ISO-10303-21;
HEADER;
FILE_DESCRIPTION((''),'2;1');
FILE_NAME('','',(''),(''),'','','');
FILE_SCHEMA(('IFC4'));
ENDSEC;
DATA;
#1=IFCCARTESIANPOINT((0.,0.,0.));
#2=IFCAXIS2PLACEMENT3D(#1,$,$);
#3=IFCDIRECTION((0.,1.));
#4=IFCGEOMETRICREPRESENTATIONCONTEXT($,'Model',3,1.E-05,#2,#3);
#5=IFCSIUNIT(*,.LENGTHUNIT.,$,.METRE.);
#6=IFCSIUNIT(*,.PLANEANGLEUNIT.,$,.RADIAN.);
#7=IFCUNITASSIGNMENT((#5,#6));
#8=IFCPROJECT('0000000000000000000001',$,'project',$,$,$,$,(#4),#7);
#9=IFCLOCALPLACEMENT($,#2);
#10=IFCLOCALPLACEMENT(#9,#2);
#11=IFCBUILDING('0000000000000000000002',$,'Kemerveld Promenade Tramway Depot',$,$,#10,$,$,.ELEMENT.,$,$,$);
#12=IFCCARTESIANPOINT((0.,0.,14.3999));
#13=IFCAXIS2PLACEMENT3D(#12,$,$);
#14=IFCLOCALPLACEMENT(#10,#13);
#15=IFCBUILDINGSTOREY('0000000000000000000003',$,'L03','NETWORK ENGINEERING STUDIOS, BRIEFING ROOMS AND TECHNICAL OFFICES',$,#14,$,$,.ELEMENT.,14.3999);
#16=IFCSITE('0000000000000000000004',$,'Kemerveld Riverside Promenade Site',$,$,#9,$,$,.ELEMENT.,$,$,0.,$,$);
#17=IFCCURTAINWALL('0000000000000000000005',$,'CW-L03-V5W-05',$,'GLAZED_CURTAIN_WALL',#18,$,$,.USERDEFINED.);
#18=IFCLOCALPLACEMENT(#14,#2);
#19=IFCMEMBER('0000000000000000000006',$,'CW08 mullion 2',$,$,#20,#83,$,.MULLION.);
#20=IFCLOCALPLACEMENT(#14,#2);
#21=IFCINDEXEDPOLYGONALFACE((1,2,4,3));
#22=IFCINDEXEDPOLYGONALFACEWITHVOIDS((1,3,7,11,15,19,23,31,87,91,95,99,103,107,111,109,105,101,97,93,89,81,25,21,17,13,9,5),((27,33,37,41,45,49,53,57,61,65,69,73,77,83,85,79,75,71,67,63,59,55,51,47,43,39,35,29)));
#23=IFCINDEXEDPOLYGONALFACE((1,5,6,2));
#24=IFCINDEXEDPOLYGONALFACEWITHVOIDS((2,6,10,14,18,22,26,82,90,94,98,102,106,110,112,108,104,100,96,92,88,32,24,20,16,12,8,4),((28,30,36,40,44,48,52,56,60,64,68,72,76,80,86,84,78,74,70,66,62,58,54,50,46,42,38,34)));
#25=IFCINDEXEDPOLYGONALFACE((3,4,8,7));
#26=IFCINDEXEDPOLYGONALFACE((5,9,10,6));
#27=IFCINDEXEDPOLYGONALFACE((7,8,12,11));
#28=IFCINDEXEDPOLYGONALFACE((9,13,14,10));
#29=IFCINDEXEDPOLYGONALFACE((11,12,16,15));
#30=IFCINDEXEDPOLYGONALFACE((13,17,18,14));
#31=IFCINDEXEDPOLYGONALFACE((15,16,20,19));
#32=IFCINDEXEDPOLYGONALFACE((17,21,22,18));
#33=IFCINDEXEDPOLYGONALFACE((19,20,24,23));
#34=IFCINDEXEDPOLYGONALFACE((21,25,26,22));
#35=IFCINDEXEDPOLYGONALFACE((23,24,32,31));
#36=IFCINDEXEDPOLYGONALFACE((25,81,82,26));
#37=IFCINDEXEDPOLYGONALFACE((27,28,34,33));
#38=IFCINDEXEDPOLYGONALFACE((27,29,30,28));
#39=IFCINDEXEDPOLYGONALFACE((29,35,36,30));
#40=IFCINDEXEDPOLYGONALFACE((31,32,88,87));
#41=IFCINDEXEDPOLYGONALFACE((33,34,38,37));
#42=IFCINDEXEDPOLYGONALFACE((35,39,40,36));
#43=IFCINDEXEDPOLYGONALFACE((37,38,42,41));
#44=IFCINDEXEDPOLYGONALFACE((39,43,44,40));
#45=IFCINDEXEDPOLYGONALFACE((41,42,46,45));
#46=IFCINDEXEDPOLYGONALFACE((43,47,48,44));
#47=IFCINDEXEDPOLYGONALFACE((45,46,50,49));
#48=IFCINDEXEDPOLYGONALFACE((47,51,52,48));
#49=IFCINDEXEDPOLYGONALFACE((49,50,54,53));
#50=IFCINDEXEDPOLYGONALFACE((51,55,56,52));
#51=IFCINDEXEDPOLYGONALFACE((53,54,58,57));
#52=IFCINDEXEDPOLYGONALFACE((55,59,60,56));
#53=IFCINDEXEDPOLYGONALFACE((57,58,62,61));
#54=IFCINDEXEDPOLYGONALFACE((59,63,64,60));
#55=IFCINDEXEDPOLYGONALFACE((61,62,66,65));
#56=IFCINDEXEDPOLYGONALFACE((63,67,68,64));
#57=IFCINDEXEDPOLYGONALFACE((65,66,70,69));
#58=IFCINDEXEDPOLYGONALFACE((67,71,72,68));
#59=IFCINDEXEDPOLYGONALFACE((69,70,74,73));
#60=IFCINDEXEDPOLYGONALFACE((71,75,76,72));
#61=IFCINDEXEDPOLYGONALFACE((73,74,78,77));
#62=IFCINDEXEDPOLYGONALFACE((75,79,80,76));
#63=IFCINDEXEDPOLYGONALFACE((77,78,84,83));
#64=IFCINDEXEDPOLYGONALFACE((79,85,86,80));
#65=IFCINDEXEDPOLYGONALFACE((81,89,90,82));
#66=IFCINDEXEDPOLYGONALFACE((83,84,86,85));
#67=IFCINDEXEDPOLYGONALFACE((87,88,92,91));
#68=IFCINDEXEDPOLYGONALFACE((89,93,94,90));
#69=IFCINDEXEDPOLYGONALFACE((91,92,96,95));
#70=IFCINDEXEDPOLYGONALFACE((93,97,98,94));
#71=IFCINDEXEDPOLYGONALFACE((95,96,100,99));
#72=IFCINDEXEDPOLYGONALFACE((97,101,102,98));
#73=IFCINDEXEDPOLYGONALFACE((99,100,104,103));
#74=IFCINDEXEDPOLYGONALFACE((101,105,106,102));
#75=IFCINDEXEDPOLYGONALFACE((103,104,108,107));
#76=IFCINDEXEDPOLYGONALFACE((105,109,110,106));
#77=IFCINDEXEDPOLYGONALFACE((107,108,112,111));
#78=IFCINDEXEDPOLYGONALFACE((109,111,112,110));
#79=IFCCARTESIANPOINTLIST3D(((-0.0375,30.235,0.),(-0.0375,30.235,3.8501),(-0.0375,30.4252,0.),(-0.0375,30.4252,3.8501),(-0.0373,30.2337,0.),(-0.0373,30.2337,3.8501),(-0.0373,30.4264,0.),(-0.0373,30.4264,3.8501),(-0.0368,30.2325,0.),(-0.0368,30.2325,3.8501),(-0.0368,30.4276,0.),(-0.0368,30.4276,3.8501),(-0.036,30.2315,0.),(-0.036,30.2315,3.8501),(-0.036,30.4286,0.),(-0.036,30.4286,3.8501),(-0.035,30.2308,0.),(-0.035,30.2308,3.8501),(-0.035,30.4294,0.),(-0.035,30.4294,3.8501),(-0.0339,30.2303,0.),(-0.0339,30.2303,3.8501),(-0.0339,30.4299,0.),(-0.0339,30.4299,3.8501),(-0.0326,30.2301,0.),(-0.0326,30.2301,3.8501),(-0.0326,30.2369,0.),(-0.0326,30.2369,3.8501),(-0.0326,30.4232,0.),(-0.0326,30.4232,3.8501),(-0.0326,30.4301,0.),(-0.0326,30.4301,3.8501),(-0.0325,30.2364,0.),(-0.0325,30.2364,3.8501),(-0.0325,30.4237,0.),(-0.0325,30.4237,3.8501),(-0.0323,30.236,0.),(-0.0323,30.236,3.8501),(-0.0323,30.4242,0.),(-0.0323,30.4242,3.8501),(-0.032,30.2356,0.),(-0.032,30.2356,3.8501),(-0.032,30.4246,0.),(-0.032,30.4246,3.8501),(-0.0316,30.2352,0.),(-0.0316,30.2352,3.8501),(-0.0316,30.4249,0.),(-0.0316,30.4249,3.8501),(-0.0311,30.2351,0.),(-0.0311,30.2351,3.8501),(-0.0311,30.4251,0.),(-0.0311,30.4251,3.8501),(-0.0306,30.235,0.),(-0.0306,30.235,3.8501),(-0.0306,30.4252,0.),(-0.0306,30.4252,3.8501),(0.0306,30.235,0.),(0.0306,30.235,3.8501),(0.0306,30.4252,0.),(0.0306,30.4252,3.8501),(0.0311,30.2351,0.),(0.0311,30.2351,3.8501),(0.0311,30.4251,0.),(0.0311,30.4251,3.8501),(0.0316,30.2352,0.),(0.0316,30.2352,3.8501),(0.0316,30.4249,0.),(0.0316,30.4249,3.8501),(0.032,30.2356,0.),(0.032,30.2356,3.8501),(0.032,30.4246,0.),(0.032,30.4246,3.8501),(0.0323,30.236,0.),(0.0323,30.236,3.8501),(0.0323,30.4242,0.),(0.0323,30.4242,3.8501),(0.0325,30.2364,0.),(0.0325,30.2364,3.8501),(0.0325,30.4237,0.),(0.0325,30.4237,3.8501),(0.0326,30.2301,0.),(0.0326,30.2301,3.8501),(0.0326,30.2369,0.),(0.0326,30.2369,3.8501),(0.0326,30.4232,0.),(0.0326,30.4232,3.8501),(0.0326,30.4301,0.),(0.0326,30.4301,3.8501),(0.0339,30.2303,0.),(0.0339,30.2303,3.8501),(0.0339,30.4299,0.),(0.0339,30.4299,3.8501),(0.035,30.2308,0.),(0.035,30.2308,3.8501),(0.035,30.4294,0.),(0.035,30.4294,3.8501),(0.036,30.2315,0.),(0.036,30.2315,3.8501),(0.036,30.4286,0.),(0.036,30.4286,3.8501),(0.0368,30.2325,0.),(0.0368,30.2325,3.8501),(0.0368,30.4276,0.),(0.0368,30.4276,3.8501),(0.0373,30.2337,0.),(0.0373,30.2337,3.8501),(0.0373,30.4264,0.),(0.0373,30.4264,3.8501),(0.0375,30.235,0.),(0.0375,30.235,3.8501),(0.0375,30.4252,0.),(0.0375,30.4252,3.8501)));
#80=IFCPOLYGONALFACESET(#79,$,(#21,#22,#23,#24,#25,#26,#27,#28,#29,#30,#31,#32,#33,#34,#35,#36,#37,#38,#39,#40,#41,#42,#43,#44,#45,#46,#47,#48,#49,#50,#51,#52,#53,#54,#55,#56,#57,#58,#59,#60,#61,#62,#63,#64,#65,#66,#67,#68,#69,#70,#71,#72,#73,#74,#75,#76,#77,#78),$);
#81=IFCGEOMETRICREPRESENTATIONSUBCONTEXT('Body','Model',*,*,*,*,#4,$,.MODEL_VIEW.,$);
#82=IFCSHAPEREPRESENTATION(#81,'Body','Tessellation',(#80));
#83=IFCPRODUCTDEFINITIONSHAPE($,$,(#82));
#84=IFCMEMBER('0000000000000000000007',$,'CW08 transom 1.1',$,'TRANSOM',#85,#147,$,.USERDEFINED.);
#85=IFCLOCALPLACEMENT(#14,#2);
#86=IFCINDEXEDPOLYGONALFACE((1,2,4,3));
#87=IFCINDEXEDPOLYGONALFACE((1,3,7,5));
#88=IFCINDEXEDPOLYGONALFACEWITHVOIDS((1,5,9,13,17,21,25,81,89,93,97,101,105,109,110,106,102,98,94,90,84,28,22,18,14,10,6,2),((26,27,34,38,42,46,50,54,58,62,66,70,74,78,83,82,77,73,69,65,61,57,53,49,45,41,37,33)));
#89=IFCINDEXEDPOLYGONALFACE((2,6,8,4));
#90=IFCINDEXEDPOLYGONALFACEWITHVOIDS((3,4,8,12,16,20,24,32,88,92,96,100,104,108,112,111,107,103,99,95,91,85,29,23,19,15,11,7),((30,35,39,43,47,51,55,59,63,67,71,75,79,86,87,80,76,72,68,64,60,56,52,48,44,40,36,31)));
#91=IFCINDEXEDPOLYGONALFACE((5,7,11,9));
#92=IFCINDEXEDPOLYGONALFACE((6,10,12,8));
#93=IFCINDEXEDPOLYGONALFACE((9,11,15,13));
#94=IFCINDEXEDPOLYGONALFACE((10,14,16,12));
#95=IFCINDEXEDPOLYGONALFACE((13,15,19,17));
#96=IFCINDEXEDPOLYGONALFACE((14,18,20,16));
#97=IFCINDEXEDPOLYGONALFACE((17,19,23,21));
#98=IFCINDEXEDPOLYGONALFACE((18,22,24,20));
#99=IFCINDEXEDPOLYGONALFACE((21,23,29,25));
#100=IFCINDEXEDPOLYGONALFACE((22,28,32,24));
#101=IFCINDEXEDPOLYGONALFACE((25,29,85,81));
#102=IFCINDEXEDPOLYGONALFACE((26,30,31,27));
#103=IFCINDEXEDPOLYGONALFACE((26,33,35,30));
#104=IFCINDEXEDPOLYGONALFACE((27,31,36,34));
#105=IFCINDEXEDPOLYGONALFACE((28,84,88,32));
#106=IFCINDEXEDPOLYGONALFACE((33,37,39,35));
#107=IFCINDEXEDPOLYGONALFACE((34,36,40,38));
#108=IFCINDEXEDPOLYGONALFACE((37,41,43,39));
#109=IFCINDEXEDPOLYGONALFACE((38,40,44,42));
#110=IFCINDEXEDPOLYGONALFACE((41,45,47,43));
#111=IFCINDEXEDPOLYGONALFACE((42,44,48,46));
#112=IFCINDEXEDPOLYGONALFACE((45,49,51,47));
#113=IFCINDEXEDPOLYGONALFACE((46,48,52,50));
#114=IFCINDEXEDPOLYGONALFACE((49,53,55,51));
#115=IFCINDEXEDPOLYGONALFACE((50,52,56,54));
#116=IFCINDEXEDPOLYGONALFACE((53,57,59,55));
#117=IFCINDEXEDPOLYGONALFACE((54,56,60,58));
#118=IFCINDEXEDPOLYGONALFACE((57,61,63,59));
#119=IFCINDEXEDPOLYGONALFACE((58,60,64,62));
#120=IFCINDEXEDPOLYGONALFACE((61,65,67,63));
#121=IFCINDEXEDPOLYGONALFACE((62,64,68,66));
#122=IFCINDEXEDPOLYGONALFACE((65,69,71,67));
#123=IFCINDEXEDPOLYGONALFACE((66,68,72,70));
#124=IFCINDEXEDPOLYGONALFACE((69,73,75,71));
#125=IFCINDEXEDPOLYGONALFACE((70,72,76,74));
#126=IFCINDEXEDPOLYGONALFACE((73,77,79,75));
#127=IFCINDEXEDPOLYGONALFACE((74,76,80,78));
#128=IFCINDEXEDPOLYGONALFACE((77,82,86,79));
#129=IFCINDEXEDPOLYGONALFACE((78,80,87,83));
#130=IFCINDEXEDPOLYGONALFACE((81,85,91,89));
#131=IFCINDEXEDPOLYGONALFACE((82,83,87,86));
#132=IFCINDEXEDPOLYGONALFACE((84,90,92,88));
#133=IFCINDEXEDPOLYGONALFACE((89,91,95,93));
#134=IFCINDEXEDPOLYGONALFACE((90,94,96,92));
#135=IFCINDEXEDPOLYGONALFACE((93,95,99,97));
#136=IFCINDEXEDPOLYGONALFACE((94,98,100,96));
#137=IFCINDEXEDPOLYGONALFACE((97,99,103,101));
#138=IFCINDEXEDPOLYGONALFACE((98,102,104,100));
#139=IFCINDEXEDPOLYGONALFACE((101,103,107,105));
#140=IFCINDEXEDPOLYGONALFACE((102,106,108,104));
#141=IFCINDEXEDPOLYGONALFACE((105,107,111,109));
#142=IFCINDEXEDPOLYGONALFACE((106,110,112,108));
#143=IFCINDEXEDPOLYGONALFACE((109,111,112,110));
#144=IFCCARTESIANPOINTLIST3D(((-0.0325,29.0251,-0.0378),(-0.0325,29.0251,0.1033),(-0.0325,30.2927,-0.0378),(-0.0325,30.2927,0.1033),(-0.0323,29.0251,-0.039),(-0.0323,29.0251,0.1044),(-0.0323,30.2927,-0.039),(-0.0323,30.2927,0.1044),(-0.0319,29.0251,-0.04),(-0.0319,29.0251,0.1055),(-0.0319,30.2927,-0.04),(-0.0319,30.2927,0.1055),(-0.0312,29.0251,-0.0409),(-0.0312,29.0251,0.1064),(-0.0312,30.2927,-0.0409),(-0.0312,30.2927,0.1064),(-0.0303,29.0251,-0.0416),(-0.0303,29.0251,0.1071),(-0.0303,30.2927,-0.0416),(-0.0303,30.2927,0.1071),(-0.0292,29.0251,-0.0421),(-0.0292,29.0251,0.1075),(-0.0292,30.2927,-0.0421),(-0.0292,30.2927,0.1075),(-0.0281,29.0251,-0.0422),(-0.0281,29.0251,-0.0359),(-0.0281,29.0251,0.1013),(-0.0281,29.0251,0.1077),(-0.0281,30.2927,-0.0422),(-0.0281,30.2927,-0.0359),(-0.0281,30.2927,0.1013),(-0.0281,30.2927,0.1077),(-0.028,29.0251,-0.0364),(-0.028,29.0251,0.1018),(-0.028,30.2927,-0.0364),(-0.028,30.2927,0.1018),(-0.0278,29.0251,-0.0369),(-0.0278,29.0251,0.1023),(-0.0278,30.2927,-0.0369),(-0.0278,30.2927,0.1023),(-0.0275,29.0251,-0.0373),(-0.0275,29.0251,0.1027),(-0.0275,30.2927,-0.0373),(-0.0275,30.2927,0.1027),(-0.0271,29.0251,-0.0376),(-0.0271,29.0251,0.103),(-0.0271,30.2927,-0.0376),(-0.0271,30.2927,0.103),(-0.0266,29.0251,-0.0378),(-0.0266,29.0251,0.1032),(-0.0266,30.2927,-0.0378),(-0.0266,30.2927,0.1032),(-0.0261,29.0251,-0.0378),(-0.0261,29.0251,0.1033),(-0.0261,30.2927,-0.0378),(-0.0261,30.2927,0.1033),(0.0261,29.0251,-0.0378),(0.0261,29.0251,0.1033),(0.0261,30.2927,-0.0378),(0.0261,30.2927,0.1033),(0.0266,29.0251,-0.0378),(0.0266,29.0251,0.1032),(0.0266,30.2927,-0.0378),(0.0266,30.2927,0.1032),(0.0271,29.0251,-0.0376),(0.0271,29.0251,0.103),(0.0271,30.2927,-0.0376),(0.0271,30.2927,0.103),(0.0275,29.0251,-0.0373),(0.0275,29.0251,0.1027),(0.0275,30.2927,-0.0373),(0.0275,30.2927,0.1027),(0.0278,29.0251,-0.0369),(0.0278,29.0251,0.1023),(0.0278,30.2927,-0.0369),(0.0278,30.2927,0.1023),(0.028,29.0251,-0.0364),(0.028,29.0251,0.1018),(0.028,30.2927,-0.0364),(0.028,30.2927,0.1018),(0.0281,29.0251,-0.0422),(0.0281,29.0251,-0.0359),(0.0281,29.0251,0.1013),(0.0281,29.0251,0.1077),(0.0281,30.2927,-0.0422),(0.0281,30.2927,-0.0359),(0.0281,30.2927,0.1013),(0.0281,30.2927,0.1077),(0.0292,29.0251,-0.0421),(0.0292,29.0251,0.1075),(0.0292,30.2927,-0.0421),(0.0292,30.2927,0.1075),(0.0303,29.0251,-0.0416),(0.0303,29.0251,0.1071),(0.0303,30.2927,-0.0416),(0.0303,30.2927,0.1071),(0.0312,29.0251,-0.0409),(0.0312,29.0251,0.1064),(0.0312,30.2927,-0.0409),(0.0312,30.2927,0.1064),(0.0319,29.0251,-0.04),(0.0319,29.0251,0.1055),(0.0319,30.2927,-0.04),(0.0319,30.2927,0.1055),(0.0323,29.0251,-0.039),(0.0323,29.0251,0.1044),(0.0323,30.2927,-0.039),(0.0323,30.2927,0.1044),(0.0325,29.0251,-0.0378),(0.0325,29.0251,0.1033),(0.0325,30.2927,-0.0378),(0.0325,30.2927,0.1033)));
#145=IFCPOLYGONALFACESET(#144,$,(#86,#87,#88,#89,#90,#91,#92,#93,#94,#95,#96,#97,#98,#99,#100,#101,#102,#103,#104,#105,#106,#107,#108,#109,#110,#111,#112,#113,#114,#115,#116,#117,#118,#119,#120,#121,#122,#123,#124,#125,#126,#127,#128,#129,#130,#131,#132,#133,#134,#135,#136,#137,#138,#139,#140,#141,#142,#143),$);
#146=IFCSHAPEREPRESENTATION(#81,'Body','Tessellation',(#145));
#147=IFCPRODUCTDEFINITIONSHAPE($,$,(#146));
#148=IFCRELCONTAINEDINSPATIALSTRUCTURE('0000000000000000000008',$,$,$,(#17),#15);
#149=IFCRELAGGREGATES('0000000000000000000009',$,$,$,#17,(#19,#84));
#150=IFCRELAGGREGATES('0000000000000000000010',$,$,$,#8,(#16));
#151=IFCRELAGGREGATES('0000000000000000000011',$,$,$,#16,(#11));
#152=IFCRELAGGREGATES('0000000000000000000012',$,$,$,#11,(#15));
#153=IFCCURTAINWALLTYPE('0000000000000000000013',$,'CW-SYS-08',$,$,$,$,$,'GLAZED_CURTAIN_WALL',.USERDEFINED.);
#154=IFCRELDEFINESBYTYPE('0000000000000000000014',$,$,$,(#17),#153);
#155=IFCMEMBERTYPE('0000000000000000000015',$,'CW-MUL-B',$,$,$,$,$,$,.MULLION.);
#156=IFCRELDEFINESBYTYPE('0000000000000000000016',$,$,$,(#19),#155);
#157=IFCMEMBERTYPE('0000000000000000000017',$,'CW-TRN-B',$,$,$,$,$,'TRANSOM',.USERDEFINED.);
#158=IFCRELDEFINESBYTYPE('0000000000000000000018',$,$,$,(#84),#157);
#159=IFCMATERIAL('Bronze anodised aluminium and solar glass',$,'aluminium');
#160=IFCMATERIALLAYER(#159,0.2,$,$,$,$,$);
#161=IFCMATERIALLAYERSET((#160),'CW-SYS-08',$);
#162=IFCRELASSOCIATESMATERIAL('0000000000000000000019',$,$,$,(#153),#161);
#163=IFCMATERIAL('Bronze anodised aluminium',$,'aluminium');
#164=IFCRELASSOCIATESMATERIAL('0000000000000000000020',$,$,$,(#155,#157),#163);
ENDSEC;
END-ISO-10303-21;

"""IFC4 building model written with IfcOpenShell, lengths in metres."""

from ifc_helpers import new_model, si_unit, direction, frame, origin, origin_2d, place, context, subcontext, project, spatial, hollow_rectangle, extrude, material, layer, layer_set, material_profile, profile_set, type_object, element, aggregate, save


model = new_model("IFC4")

# Units and contexts
model_context = context("Model", 3, precision=1e-05, world=origin(), true_north=direction((0.0, 1.0)))
body_context = subcontext(model_context, "Body", "Model", "MODEL_VIEW")
ifc_project = project(units=[si_unit("LENGTHUNIT", "METRE"), si_unit("PLANEANGLEUNIT", "RADIAN")], contexts=[model_context])

# Site, building, storey
site_placement = place(None, origin())
site = spatial("IfcSite", under=ifc_project, at=site_placement, Name="Kemerveld Riverside Promenade Site", CompositionType="ELEMENT", RefElevation=0.0)
building_placement = place(site_placement, origin())
building = spatial("IfcBuilding", under=site, at=building_placement, Name="Kemerveld Promenade Tramway Depot", CompositionType="ELEMENT")
storey_placement = place(building_placement, frame((0.0, 0.0, 14.3999)))
storey = spatial("IfcBuildingStorey", under=building, at=storey_placement, Name="L03", Description="NETWORK ENGINEERING STUDIOS, BRIEFING ROOMS AND TECHNICAL OFFICES", CompositionType="ELEMENT", Elevation=14.3999)

# Curtain wall, members
ifc_material_1 = material(Name="Bronze anodised aluminium and solar glass", Category="aluminium")
ifc_layer_1 = layer(ifc_material_1, 0.2)
ifc_layer_set_1 = layer_set([ifc_layer_1], Name="CW-SYS-08")
curtain_wall_type = type_object("IfcCurtainWallType", Name="CW-SYS-08", ElementType="GLAZED_CURTAIN_WALL", PredefinedType="USERDEFINED", material=ifc_layer_set_1)
curtain_wall_placement = place(storey_placement, origin())
curtain_wall = element("IfcCurtainWall", 1, at=curtain_wall_placement, inside=storey, type_object=curtain_wall_type, Name="CW-L03-V5W-05", ObjectType="GLAZED_CURTAIN_WALL", PredefinedType="USERDEFINED")
ifc_material_2 = material(Name="Bronze anodised aluminium", Category="aluminium")
ifc_material_profile_1 = material_profile(ifc_material_2, hollow_rectangle(XDim=0.075, YDim=0.2, WallThickness=0.0049, InnerFilletRadius=0.002, OuterFilletRadius=0.0049, at=origin_2d()), Name="CW-MUL-200x75")
ifc_profile_set_1 = profile_set([ifc_material_profile_1], Name="Bronze anodised aluminium")
member_type_1 = type_object("IfcMemberType", Name="CW-MUL-B", PredefinedType="MULLION", material=ifc_profile_set_1)
member_1_placement = place(storey_placement, frame((0.0, 30.3301, 0.0), z_axis=(0.0, 0.0, 1.0), x_axis=(-1.0, 0.0, 0.0)))
member_1 = element("IfcMember", 2, at=member_1_placement, type_object=member_type_1, Name="CW08 mullion 2", PredefinedType="MULLION", context=body_context, shape_type="SweptSolid", body=[
    extrude(hollow_rectangle(XDim=0.075, YDim=0.2, WallThickness=0.0049, InnerFilletRadius=0.002, OuterFilletRadius=0.0049, at=origin_2d()), origin(), (0.0, 0.0, 1.0), 3.8501),
])
ifc_material_profile_2 = material_profile(ifc_material_2, hollow_rectangle(XDim=0.0649, YDim=0.1499, WallThickness=0.0044, InnerFilletRadius=0.002, OuterFilletRadius=0.0044, at=origin_2d()), Name="CW-TRN-150x65")
ifc_profile_set_2 = profile_set([ifc_material_profile_2], Name="Bronze anodised aluminium")
member_type_2 = type_object("IfcMemberType", Name="CW-TRN-B", ElementType="TRANSOM", PredefinedType="USERDEFINED", material=ifc_profile_set_2)
member_2_placement = place(storey_placement, frame((0.0, 29.0251, 0.0327), z_axis=(0.0, 1.0, 0.0), x_axis=(-1.0, 0.0, 0.0)))
member_2 = element("IfcMember", 3, at=member_2_placement, type_object=member_type_2, Name="CW08 transom 1.1", ObjectType="TRANSOM", PredefinedType="USERDEFINED", context=body_context, shape_type="SweptSolid", body=[
    extrude(hollow_rectangle(XDim=0.0649, YDim=0.1499, WallThickness=0.0044, InnerFilletRadius=0.002, OuterFilletRadius=0.0044, at=origin_2d()), origin(), (0.0, 0.0, 1.0), 1.2676),
])
aggregate(curtain_wall, [member_1, member_2])

save(model, "model.ifc")
